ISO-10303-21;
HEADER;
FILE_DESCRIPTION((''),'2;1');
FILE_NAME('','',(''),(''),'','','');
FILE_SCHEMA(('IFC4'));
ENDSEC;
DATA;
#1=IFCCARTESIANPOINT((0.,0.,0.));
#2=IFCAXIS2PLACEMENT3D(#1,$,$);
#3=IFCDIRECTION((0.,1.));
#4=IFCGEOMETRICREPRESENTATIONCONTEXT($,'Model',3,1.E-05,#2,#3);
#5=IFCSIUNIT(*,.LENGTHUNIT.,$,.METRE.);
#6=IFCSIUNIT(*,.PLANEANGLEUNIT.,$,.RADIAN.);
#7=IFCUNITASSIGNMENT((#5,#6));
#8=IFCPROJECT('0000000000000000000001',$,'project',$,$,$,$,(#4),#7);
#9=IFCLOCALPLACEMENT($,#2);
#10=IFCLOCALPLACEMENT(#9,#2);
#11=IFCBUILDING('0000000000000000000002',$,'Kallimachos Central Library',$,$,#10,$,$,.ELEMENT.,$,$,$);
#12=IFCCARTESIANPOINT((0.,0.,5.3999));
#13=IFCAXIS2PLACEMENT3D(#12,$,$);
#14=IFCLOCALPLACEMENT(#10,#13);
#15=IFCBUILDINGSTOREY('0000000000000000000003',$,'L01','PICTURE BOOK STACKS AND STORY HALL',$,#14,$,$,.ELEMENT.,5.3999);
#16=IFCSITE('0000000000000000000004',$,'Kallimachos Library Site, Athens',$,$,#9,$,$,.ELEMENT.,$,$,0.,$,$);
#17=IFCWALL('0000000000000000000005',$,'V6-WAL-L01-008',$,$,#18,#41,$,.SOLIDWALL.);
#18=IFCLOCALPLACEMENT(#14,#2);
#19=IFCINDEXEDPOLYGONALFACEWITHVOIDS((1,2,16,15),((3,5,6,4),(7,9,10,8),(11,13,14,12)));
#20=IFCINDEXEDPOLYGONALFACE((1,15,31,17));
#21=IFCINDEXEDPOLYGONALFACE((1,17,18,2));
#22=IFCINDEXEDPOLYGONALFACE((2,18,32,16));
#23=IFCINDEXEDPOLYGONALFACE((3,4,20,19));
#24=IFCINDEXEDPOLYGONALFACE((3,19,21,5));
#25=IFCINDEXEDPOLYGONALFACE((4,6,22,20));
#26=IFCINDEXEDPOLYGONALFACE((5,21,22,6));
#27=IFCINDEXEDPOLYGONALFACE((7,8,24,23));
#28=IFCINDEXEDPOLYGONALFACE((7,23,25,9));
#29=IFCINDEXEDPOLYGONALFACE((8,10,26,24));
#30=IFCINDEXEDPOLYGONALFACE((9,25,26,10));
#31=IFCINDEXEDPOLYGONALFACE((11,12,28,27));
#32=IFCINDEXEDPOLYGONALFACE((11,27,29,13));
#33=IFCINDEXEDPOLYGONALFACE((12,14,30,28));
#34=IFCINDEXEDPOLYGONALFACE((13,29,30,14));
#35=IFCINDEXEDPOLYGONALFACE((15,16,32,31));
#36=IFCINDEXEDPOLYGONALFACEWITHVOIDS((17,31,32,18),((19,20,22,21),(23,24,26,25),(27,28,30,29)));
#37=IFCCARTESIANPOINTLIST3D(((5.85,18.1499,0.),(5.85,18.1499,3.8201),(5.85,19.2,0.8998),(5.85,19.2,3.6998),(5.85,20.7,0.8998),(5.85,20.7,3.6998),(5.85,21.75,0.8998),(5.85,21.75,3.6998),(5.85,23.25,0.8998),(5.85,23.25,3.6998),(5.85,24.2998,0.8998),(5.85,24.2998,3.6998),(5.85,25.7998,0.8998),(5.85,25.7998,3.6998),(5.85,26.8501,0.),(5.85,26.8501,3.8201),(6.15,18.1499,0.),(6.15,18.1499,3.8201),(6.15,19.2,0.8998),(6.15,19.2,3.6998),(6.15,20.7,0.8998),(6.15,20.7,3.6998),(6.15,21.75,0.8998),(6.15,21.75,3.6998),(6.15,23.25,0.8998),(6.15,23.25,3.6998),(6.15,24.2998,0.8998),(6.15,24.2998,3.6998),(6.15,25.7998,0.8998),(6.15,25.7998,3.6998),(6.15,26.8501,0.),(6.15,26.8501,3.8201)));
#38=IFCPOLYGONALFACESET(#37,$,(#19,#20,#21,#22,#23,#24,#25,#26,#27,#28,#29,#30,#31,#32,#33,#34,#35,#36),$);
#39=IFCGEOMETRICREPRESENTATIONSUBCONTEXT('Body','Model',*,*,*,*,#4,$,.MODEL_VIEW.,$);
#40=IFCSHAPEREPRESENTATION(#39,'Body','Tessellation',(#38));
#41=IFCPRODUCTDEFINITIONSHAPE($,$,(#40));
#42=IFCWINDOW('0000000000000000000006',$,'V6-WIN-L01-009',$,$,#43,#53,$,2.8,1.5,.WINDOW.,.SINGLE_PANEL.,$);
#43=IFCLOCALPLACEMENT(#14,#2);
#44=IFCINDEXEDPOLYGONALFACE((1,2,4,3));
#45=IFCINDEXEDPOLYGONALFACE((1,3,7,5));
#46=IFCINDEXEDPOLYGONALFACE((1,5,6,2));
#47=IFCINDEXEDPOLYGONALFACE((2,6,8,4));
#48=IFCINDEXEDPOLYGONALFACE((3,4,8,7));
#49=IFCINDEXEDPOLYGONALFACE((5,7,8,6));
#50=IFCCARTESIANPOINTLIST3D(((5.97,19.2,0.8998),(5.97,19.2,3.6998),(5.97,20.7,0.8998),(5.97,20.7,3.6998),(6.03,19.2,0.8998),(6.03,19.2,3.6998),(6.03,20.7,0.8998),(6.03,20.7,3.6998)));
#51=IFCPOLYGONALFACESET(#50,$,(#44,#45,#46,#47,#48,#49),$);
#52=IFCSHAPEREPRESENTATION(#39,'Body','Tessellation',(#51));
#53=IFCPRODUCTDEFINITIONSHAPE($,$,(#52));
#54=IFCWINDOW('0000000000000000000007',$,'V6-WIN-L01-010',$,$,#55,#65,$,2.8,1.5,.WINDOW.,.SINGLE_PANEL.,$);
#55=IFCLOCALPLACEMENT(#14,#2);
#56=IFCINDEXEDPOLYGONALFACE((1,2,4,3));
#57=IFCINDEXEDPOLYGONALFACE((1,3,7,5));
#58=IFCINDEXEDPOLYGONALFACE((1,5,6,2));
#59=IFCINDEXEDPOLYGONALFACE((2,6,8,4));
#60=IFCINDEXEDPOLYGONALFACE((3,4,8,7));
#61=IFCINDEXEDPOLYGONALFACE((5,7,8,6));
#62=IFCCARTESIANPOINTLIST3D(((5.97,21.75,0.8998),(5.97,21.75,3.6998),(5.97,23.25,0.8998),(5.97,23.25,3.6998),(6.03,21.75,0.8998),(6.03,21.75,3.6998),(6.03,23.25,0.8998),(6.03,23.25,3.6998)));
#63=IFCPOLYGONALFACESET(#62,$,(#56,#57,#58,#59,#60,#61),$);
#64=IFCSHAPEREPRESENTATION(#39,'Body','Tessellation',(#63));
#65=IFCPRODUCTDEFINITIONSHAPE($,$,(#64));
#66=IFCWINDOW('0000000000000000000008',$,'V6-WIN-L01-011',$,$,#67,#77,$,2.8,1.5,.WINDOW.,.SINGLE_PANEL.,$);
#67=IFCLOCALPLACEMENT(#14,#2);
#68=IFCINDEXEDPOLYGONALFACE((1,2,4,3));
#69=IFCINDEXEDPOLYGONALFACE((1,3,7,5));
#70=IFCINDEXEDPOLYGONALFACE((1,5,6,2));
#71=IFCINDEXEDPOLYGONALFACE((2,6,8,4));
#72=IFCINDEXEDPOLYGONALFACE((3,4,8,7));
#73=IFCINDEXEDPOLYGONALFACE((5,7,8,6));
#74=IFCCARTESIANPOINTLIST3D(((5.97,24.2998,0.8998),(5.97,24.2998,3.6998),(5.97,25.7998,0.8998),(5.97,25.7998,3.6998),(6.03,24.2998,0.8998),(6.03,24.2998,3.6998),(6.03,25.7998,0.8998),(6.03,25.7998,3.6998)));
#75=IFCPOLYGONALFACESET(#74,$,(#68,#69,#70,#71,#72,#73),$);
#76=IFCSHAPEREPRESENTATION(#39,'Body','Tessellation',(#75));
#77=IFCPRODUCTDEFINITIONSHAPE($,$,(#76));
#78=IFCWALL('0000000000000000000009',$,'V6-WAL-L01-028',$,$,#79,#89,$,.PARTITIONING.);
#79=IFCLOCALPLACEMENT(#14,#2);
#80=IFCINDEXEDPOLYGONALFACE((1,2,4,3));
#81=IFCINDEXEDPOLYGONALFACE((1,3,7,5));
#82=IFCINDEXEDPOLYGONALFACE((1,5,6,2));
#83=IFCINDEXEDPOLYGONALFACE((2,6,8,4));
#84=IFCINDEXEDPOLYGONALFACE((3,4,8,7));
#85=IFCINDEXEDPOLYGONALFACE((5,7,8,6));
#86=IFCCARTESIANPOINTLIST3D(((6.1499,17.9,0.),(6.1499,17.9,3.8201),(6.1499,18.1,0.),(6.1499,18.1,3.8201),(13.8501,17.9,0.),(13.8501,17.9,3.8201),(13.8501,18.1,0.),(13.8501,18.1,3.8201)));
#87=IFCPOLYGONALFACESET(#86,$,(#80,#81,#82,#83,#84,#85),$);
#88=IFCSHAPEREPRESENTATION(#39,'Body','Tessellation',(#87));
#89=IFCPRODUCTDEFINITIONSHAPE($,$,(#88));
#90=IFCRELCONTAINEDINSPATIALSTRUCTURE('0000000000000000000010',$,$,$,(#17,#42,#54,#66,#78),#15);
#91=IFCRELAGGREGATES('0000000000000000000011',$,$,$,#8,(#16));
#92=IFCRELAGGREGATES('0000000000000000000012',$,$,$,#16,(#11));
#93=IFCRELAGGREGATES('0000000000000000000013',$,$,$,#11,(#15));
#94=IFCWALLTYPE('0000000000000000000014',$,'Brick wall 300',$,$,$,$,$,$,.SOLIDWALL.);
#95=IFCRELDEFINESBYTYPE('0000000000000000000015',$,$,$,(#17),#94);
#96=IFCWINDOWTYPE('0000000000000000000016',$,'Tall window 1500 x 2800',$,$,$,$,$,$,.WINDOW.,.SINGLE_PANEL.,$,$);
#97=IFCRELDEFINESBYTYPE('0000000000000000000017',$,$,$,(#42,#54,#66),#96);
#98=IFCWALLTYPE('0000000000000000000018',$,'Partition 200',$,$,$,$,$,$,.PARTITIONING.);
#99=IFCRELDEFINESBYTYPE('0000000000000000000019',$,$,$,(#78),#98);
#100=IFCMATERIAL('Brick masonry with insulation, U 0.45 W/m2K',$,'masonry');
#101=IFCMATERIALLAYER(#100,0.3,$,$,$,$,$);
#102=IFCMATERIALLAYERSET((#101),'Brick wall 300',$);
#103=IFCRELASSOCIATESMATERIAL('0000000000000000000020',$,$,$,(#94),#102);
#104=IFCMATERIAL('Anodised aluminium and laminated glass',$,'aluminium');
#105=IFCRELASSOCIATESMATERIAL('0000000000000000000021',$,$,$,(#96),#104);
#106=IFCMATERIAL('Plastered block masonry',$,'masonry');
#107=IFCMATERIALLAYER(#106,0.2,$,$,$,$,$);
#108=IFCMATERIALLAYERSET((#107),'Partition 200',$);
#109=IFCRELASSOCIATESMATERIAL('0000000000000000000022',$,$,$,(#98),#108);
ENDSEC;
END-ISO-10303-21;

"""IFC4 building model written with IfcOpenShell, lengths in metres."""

from ifc_helpers import new_model, si_unit, direction, frame, frame_2d, origin, place, context, subcontext, project, spatial, rectangle, extrude, material, layer, layer_set, type_object, element, fill, save


model = new_model("IFC4")

# Units and contexts
model_context = context("Model", 3, precision=1e-05, world=origin(), true_north=direction((0.0, 1.0)))
body_context = subcontext(model_context, "Body", "Model", "MODEL_VIEW")
ifc_project = project(units=[si_unit("LENGTHUNIT", "METRE"), si_unit("PLANEANGLEUNIT", "RADIAN")], contexts=[model_context])

# Site, building, storey
site_placement = place(None, origin())
site = spatial("IfcSite", under=ifc_project, at=site_placement, Name="Kallimachos Library Site, Athens", CompositionType="ELEMENT", RefElevation=0.0)
building_placement = place(site_placement, origin())
building = spatial("IfcBuilding", under=site, at=building_placement, Name="Kallimachos Central Library", CompositionType="ELEMENT")
storey_placement = place(building_placement, frame((0.0, 0.0, 5.3999)))
storey = spatial("IfcBuildingStorey", under=building, at=storey_placement, Name="L01", Description="PICTURE BOOK STACKS AND STORY HALL", CompositionType="ELEMENT", Elevation=5.3999)

# Wall, openings, windows
ifc_material_1 = material(Name="Brick masonry with insulation, U 0.45 W/m2K", Category="masonry")
ifc_layer_1 = layer(ifc_material_1, 0.3)
ifc_layer_set_1 = layer_set([ifc_layer_1], Name="Brick wall 300")
wall_type_1 = type_object("IfcWallType", Name="Brick wall 300", PredefinedType="SOLIDWALL", material=ifc_layer_set_1)
wall_1_placement = place(storey_placement, frame((6.0, 18.1499, 0.0), z_axis=(0.0, 0.0, 1.0), x_axis=(0.0, 1.0, 0.0)))
wall_1 = element("IfcWall", 1, at=wall_1_placement, inside=storey, type_object=wall_type_1, Name="V6-WAL-L01-008", PredefinedType="SOLIDWALL", context=body_context, shape_type="SweptSolid", body=[
    extrude(rectangle(XDim=8.7002, YDim=0.3, at=frame_2d((4.3501, 0.0))), origin(), (0.0, 0.0, 1.0), 3.8201),
])
opening_1_placement = place(wall_1_placement, frame((1.05, 0.0, 0.8999)))
opening_1 = element("IfcOpeningElement", 2, at=opening_1_placement, cuts=wall_1, PredefinedType="OPENING", context=body_context, shape_type="SweptSolid", body=[
    extrude(rectangle(XDim=1.5, YDim=2.8, at=frame_2d((0.75, 1.3999))), frame((0.0, 0.1599, 0.0), z_axis=(0.0, -1.0, 0.0), x_axis=(1.0, 0.0, 0.0)), (0.0, 0.0, 1.0), 0.3201),
])
opening_2_placement = place(wall_1_placement, frame((3.6001, 0.0, 0.8999)))
opening_2 = element("IfcOpeningElement", 3, at=opening_2_placement, cuts=wall_1, PredefinedType="OPENING", context=body_context, shape_type="SweptSolid", body=[
    extrude(rectangle(XDim=1.5, YDim=2.8, at=frame_2d((0.75, 1.3999))), frame((0.0, 0.1599, 0.0), z_axis=(0.0, -1.0, 0.0), x_axis=(1.0, 0.0, 0.0)), (0.0, 0.0, 1.0), 0.3201),
])
opening_3_placement = place(wall_1_placement, frame((6.1499, 0.0, 0.8999)))
opening_3 = element("IfcOpeningElement", 4, at=opening_3_placement, cuts=wall_1, PredefinedType="OPENING", context=body_context, shape_type="SweptSolid", body=[
    extrude(rectangle(XDim=1.5, YDim=2.8, at=frame_2d((0.75, 1.3999))), frame((0.0, 0.1599, 0.0), z_axis=(0.0, -1.0, 0.0), x_axis=(1.0, 0.0, 0.0)), (0.0, 0.0, 1.0), 0.3201),
])
ifc_material_2 = material(Name="Anodised aluminium and laminated glass", Category="aluminium")
window_type = type_object("IfcWindowType", Name="Tall window 1500 x 2800", PartitioningType="SINGLE_PANEL", PredefinedType="WINDOW", material=ifc_material_2)
window_1_placement = place(opening_1_placement, origin())
window_1 = element("IfcWindow", 5, at=window_1_placement, inside=storey, type_object=window_type, Name="V6-WIN-L01-009", OverallHeight=2.8, OverallWidth=1.5, PartitioningType="SINGLE_PANEL", PredefinedType="WINDOW", context=body_context, shape_type="SweptSolid", body=[
    extrude(rectangle(XDim=1.5, YDim=2.8, at=frame_2d((0.75, 1.3999))), frame((0.0, 0.03, 0.0), z_axis=(0.0, -1.0, 0.0), x_axis=(1.0, 0.0, 0.0)), (0.0, 0.0, 1.0), 0.0601),
])
fill(opening_1, window_1)
window_2_placement = place(opening_2_placement, origin())
window_2 = element("IfcWindow", 6, at=window_2_placement, inside=storey, type_object=window_type, Name="V6-WIN-L01-010", OverallHeight=2.8, OverallWidth=1.5, PartitioningType="SINGLE_PANEL", PredefinedType="WINDOW", context=body_context, shape_type="SweptSolid", body=[
    extrude(rectangle(XDim=1.5, YDim=2.8, at=frame_2d((0.75, 1.3999))), frame((0.0, 0.03, 0.0), z_axis=(0.0, -1.0, 0.0), x_axis=(1.0, 0.0, 0.0)), (0.0, 0.0, 1.0), 0.0601),
])
fill(opening_2, window_2)
window_3_placement = place(opening_3_placement, origin())
window_3 = element("IfcWindow", 7, at=window_3_placement, inside=storey, type_object=window_type, Name="V6-WIN-L01-011", OverallHeight=2.8, OverallWidth=1.5, PartitioningType="SINGLE_PANEL", PredefinedType="WINDOW", context=body_context, shape_type="SweptSolid", body=[
    extrude(rectangle(XDim=1.5, YDim=2.8, at=frame_2d((0.75, 1.3999))), frame((0.0, 0.03, 0.0), z_axis=(0.0, -1.0, 0.0), x_axis=(1.0, 0.0, 0.0)), (0.0, 0.0, 1.0), 0.0601),
])
fill(opening_3, window_3)

# Wall
ifc_material_3 = material(Name="Plastered block masonry", Category="masonry")
ifc_layer_2 = layer(ifc_material_3, 0.2)
ifc_layer_set_2 = layer_set([ifc_layer_2], Name="Partition 200")
wall_type_2 = type_object("IfcWallType", Name="Partition 200", PredefinedType="PARTITIONING", material=ifc_layer_set_2)
wall_2_placement = place(storey_placement, frame((6.1499, 18.0, 0.0), z_axis=(0.0, 0.0, 1.0), x_axis=(1.0, 0.0, 0.0)))
element("IfcWall", 8, at=wall_2_placement, inside=storey, type_object=wall_type_2, Name="V6-WAL-L01-028", PredefinedType="PARTITIONING", context=body_context, shape_type="SweptSolid", body=[
    extrude(rectangle(XDim=7.7002, YDim=0.2, at=frame_2d((3.8501, 0.0))), origin(), (0.0, 0.0, 1.0), 3.8201),
])

save(model, "model.ifc")
